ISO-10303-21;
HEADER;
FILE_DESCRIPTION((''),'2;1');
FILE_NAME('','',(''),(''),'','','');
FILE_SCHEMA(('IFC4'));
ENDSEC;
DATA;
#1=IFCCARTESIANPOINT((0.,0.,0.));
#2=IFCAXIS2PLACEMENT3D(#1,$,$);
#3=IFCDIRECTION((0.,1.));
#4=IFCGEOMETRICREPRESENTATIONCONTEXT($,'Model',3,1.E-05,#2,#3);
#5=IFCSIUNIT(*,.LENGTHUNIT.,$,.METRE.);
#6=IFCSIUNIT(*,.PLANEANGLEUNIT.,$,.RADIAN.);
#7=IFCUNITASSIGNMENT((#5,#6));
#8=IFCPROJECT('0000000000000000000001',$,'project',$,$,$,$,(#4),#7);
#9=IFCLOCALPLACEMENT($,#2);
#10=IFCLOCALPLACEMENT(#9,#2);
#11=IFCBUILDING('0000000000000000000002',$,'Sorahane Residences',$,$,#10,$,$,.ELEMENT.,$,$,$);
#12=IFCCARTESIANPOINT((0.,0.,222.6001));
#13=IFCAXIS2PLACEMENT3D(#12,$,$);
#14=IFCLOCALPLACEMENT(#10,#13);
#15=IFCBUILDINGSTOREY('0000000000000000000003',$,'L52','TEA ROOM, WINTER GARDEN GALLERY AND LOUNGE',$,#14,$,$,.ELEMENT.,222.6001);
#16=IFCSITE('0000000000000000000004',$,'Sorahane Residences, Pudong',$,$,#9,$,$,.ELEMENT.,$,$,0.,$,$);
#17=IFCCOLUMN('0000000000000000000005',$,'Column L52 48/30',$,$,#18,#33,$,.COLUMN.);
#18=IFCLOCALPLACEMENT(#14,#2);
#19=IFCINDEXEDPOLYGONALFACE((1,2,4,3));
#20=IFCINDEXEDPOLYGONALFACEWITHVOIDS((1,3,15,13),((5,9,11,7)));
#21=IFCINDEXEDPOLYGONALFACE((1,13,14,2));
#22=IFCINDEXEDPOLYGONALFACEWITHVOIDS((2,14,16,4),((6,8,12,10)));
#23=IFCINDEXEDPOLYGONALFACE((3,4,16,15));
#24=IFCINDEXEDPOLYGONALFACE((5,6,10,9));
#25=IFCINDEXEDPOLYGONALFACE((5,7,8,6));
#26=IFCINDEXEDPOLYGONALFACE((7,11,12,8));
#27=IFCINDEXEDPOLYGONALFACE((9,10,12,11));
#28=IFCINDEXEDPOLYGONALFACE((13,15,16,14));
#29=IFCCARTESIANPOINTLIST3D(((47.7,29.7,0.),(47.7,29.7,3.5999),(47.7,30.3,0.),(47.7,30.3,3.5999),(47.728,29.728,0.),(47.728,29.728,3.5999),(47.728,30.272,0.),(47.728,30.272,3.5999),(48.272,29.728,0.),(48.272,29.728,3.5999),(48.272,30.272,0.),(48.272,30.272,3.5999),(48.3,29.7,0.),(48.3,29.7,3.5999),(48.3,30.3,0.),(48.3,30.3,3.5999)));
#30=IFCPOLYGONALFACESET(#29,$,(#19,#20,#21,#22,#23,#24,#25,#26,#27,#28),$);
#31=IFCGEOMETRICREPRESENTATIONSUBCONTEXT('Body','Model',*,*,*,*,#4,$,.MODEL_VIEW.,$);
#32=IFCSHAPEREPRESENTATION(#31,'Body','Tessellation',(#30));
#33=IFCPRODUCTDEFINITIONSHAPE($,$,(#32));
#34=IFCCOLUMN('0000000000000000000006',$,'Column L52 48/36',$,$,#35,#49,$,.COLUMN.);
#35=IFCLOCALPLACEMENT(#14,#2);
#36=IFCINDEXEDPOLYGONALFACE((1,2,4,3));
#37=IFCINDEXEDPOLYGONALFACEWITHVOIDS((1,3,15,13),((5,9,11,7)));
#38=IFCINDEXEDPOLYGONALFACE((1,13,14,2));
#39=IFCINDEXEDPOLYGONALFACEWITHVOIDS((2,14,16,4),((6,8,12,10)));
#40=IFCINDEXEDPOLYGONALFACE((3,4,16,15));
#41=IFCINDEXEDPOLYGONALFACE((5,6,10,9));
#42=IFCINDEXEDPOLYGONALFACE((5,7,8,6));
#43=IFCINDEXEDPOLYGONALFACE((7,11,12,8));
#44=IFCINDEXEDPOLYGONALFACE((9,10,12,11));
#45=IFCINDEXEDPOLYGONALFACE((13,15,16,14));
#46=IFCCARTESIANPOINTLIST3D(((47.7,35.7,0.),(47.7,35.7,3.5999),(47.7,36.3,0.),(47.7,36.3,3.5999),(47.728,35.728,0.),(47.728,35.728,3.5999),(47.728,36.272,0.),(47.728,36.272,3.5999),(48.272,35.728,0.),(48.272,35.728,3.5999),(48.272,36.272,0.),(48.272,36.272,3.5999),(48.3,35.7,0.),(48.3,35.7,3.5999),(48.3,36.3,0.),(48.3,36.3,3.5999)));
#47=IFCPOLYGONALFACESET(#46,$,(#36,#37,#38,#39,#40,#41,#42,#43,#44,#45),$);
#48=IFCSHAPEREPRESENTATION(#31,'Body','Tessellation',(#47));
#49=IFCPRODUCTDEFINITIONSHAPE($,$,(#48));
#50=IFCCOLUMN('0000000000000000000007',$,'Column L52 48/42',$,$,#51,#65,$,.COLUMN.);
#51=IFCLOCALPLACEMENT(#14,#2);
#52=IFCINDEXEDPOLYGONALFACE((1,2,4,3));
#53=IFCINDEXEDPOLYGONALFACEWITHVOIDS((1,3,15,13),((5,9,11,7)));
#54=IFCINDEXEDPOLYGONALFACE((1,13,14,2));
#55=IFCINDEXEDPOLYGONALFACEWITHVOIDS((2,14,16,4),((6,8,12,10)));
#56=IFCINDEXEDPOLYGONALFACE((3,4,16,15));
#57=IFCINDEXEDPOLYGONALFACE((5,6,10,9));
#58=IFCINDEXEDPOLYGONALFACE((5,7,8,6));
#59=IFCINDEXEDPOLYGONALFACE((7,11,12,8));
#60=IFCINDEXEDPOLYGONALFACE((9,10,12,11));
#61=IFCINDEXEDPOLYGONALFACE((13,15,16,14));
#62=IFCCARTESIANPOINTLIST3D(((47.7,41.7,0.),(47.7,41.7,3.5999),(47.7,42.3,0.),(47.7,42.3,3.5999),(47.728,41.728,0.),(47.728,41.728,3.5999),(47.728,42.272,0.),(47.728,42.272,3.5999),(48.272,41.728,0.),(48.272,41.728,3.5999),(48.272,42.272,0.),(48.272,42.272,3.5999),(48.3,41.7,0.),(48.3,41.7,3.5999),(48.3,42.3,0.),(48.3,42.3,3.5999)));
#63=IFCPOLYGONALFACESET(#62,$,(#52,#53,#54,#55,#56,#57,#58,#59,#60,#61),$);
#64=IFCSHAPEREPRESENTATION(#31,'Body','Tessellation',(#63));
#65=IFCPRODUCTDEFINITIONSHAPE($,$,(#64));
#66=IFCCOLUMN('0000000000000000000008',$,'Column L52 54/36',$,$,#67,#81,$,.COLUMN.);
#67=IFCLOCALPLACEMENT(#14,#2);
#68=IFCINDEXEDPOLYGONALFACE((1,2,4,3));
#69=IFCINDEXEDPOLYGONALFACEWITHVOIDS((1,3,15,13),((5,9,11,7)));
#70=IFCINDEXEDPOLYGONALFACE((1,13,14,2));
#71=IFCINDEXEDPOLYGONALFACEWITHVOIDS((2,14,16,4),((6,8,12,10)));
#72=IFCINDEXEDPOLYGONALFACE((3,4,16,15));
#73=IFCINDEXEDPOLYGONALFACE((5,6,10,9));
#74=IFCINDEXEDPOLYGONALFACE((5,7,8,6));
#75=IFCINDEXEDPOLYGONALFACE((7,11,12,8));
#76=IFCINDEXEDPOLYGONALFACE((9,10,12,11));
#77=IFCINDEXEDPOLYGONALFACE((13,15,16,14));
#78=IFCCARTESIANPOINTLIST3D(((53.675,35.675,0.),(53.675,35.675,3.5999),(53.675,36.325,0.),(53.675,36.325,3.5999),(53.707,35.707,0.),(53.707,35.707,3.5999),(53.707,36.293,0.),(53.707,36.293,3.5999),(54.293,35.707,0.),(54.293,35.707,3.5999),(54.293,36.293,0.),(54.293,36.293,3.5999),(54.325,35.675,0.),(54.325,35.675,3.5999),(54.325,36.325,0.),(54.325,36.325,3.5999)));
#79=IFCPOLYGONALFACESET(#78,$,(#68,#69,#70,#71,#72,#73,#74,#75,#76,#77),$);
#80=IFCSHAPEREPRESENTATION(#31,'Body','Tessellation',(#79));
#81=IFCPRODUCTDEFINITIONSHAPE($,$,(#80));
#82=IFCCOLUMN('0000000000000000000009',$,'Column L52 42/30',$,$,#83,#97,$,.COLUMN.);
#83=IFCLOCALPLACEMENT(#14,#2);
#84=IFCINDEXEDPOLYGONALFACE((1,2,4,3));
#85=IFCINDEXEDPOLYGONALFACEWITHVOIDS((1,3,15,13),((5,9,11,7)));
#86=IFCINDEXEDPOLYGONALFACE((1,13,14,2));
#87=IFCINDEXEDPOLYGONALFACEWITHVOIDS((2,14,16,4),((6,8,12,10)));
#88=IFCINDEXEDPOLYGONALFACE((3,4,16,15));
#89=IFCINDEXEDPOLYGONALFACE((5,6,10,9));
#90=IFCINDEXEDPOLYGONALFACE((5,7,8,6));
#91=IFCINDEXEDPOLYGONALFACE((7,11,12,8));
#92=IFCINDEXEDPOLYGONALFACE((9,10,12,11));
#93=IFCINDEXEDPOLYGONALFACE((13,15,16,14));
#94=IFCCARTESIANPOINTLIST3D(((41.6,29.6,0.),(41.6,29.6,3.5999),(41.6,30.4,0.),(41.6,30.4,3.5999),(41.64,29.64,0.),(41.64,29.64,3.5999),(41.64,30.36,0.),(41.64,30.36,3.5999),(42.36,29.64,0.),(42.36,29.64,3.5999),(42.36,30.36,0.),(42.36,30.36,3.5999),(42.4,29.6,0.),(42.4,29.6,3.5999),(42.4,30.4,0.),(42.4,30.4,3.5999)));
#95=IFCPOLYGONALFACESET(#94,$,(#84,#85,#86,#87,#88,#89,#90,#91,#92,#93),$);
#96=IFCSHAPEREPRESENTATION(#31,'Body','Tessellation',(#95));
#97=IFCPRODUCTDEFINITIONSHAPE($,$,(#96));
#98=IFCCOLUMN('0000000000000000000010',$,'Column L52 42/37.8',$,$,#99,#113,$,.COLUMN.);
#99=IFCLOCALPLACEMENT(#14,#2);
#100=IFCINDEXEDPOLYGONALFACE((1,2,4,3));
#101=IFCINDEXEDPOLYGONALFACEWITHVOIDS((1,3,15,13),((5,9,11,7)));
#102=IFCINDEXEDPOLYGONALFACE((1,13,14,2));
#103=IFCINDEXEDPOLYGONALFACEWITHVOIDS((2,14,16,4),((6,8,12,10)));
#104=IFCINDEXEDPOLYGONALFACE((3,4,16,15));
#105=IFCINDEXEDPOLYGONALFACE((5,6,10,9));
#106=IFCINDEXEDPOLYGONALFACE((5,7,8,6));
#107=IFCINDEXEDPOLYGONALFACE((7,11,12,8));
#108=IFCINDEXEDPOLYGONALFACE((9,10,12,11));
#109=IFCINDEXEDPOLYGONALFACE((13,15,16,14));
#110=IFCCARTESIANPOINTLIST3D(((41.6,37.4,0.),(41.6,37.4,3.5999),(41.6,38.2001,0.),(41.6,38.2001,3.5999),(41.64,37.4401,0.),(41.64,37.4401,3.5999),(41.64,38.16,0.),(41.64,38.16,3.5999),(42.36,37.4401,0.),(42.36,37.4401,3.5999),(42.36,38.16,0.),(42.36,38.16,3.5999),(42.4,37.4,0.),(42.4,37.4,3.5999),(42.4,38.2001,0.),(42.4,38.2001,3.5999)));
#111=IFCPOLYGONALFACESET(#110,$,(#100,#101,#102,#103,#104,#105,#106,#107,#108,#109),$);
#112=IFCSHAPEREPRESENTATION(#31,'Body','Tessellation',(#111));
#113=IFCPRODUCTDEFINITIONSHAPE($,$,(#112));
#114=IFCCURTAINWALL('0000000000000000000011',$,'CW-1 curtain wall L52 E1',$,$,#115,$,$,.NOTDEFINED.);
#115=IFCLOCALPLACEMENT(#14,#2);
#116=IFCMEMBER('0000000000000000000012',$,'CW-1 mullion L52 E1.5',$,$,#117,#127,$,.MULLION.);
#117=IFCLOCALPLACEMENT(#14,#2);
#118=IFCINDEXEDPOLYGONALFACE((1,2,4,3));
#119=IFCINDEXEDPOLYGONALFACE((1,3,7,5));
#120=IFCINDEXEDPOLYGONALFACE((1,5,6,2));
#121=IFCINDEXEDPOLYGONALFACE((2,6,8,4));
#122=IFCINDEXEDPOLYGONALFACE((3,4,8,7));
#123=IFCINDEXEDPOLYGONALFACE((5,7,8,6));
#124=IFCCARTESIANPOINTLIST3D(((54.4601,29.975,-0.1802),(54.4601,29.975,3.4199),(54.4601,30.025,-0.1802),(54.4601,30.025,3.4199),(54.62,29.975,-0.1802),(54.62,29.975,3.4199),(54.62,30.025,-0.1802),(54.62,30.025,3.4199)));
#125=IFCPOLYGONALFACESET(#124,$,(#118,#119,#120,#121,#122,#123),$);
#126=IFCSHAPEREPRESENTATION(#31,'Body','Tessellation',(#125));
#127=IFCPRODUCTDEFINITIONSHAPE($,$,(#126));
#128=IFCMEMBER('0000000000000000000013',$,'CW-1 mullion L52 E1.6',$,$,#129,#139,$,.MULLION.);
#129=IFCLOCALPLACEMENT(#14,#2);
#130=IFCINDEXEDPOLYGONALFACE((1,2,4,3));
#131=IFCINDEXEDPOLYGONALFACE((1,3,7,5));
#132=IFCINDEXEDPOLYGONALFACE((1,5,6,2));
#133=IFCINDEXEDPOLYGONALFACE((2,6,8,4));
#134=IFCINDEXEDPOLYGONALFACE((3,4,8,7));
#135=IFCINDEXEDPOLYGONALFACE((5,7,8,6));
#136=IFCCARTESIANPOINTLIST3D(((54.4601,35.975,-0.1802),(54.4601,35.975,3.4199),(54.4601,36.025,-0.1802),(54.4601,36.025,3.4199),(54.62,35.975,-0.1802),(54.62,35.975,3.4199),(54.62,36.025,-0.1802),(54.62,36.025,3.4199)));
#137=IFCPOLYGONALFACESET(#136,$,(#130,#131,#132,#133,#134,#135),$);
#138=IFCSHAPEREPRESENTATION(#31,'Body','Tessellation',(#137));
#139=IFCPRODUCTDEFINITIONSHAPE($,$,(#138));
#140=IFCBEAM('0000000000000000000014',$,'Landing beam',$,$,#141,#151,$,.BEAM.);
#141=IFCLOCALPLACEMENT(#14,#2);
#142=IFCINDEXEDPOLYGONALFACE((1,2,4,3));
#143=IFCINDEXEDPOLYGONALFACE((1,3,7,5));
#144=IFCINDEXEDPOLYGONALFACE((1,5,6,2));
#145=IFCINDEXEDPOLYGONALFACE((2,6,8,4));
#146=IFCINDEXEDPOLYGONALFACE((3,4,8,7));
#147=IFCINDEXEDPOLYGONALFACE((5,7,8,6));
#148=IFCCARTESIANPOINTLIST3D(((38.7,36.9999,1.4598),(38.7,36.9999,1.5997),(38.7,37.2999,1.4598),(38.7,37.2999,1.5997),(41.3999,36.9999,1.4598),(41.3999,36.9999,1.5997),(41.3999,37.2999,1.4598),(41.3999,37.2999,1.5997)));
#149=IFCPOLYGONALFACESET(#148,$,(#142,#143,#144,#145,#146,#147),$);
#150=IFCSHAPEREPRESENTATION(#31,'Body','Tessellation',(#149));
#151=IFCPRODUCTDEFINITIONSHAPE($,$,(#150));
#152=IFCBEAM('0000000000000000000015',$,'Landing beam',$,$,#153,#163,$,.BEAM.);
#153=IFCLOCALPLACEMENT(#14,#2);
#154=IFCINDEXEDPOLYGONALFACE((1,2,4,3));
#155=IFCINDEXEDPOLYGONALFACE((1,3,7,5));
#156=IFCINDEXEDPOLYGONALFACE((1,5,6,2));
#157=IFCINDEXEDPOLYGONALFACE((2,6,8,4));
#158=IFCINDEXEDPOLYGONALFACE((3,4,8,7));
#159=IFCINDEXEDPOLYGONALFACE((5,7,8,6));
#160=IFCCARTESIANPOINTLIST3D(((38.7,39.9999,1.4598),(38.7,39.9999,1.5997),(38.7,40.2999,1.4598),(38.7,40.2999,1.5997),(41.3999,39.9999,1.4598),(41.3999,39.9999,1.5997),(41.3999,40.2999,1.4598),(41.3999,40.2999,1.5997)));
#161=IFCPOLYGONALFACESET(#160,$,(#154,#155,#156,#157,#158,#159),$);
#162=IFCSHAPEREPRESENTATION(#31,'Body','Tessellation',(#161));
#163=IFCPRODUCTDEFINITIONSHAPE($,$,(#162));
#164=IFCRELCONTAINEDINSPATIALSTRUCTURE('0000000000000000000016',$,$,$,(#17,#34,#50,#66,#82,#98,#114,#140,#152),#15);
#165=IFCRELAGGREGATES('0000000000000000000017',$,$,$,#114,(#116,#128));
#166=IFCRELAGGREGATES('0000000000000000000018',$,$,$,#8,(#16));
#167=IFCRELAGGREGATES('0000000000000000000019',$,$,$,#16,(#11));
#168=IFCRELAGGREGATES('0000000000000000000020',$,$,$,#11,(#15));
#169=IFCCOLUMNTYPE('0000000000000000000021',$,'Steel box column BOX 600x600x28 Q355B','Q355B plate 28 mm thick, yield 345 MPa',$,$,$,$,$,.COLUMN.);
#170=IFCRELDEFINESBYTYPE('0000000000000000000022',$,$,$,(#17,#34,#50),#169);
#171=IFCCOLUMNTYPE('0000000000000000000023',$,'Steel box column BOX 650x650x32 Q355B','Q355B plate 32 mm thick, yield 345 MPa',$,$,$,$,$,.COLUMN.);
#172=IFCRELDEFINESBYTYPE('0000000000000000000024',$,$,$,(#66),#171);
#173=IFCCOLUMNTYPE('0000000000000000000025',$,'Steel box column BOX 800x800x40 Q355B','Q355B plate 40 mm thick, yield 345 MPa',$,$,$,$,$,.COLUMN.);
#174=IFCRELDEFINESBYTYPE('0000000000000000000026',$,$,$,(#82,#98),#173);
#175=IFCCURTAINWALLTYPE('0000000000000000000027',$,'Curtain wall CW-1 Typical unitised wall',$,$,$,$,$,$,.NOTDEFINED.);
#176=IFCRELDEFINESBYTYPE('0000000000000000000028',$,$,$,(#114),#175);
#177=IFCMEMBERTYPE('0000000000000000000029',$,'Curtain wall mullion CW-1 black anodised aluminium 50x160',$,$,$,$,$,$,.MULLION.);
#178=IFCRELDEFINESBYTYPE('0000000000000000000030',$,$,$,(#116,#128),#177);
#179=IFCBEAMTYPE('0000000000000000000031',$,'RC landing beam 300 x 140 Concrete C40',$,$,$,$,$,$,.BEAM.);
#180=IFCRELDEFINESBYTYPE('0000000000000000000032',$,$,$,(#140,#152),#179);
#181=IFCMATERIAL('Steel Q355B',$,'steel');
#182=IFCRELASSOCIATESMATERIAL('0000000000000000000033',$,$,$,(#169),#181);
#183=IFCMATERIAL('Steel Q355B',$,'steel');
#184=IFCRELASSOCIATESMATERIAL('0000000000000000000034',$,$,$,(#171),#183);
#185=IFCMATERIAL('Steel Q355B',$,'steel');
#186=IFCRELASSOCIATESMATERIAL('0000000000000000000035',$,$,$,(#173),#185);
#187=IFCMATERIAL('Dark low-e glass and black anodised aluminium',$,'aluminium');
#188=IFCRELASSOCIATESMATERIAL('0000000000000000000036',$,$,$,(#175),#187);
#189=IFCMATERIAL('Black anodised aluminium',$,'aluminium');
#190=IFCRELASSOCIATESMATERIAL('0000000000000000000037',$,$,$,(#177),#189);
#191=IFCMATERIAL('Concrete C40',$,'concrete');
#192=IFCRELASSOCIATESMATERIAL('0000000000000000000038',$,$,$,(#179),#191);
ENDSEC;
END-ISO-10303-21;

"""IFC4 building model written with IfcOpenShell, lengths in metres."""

from ifc_helpers import new_model, si_unit, direction, frame, origin, origin_2d, place, context, subcontext, project, spatial, rectangle, hollow_rectangle, extrude, material, material_profile, profile_set, type_object, element, aggregate, save


model = new_model("IFC4")

# Units and contexts
model_context = context("Model", 3, precision=1e-05, world=origin(), true_north=direction((0.0, 1.0)))
body_context = subcontext(model_context, "Body", "Model", "MODEL_VIEW")
ifc_project = project(units=[si_unit("LENGTHUNIT", "METRE"), si_unit("PLANEANGLEUNIT", "RADIAN")], contexts=[model_context])

# Site, building, storey
site_placement = place(None, origin())
site = spatial("IfcSite", under=ifc_project, at=site_placement, Name="Sorahane Residences, Pudong", CompositionType="ELEMENT", RefElevation=0.0)
building_placement = place(site_placement, origin())
building = spatial("IfcBuilding", under=site, at=building_placement, Name="Sorahane Residences", CompositionType="ELEMENT")
storey_placement = place(building_placement, frame((0.0, 0.0, 222.6001)))
storey = spatial("IfcBuildingStorey", under=building, at=storey_placement, Name="L52", Description="TEA ROOM, WINTER GARDEN GALLERY AND LOUNGE", CompositionType="ELEMENT", Elevation=222.6001)

# Columns
ifc_material_1 = material(Name="Steel Q355B", Category="steel")
ifc_material_profile_1 = material_profile(ifc_material_1, hollow_rectangle(XDim=0.6001, YDim=0.6001, WallThickness=0.0281, at=origin_2d()), Name="BOX 600x600x28")
ifc_profile_set_1 = profile_set([ifc_material_profile_1], Name="Steel Q355B")
column_type_1 = type_object("IfcColumnType", Name="Steel box column BOX 600x600x28 Q355B", Description="Q355B plate 28 mm thick, yield 345 MPa", PredefinedType="COLUMN", material=ifc_profile_set_1)
for number, where, z_axis, x_axis, name in (
    (1, (48.0, 30.0, 0.0), (0.0, 0.0, 1.0), (1.0, 0.0, 0.0), "Column L52 48/30"),
    (2, (48.0, 36.0, 0.0), (0.0, 0.0, 1.0), (1.0, 0.0, 0.0), "Column L52 48/36"),
    (3, (48.0, 42.0, 0.0), (0.0, 0.0, 1.0), (1.0, 0.0, 0.0), "Column L52 48/42"),
):
    element("IfcColumn", number, at=place(storey_placement, frame(where, z_axis=z_axis, x_axis=x_axis)), inside=storey, type_object=column_type_1, Name=name, PredefinedType="COLUMN", context=body_context, shape_type="SweptSolid", body=[
        extrude(hollow_rectangle(XDim=0.6001, YDim=0.6001, WallThickness=0.0281, at=origin_2d()), origin(), (0.0, 0.0, 1.0), 3.5999),
    ])
ifc_material_2 = material(Name="Steel Q355B", Category="steel")
ifc_material_profile_2 = material_profile(ifc_material_2, hollow_rectangle(XDim=0.6499, YDim=0.6499, WallThickness=0.032, at=origin_2d()), Name="BOX 650x650x32")
ifc_profile_set_2 = profile_set([ifc_material_profile_2], Name="Steel Q355B")
column_type_2 = type_object("IfcColumnType", Name="Steel box column BOX 650x650x32 Q355B", Description="Q355B plate 32 mm thick, yield 345 MPa", PredefinedType="COLUMN", material=ifc_profile_set_2)
column_placement = place(storey_placement, frame((54.0, 36.0, 0.0), z_axis=(0.0, 0.0, 1.0), x_axis=(1.0, 0.0, 0.0)))
element("IfcColumn", 4, at=column_placement, inside=storey, type_object=column_type_2, Name="Column L52 54/36", PredefinedType="COLUMN", context=body_context, shape_type="SweptSolid", body=[
    extrude(hollow_rectangle(XDim=0.6499, YDim=0.6499, WallThickness=0.032, at=origin_2d()), origin(), (0.0, 0.0, 1.0), 3.5999),
])
ifc_material_3 = material(Name="Steel Q355B", Category="steel")
ifc_material_profile_3 = material_profile(ifc_material_3, hollow_rectangle(XDim=0.8, YDim=0.8, WallThickness=0.04, at=origin_2d()), Name="BOX 800x800x40")
ifc_profile_set_3 = profile_set([ifc_material_profile_3], Name="Steel Q355B")
column_type_3 = type_object("IfcColumnType", Name="Steel box column BOX 800x800x40 Q355B", Description="Q355B plate 40 mm thick, yield 345 MPa", PredefinedType="COLUMN", material=ifc_profile_set_3)
for number, where, z_axis, x_axis, name in (
    (5, (42.0, 30.0, 0.0), (0.0, 0.0, 1.0), (1.0, 0.0, 0.0), "Column L52 42/30"),
    (6, (42.0, 37.8, 0.0), (0.0, 0.0, 1.0), (1.0, 0.0, 0.0), "Column L52 42/37.8"),
):
    element("IfcColumn", number, at=place(storey_placement, frame(where, z_axis=z_axis, x_axis=x_axis)), inside=storey, type_object=column_type_3, Name=name, PredefinedType="COLUMN", context=body_context, shape_type="SweptSolid", body=[
        extrude(hollow_rectangle(XDim=0.8, YDim=0.8, WallThickness=0.04, at=origin_2d()), origin(), (0.0, 0.0, 1.0), 3.5999),
    ])

# Curtain wall, members
ifc_material_4 = material(Name="Dark low-e glass and black anodised aluminium", Category="aluminium")
curtain_wall_type = type_object("IfcCurtainWallType", Name="Curtain wall CW-1 Typical unitised wall", PredefinedType="NOTDEFINED", material=ifc_material_4)
curtain_wall_placement = place(storey_placement, origin())
curtain_wall = element("IfcCurtainWall", 7, at=curtain_wall_placement, inside=storey, type_object=curtain_wall_type, Name="CW-1 curtain wall L52 E1", PredefinedType="NOTDEFINED")
ifc_material_5 = material(Name="Black anodised aluminium", Category="aluminium")
ifc_material_profile_4 = material_profile(ifc_material_5, rectangle(XDim=0.1599, YDim=0.05, at=origin_2d()), Name="Curtain wall mullion CW-1 black anodised aluminium 50x160")
ifc_profile_set_4 = profile_set([ifc_material_profile_4], Name="Black anodised aluminium")
member_type = type_object("IfcMemberType", Name="Curtain wall mullion CW-1 black anodised aluminium 50x160", PredefinedType="MULLION", material=ifc_profile_set_4)
member_1_placement = place(storey_placement, frame((54.54, 30.0, -0.1802), z_axis=(0.0, 0.0, 1.0), x_axis=(1.0, 0.0, 0.0)))
member_1 = element("IfcMember", 8, at=member_1_placement, type_object=member_type, Name="CW-1 mullion L52 E1.5", PredefinedType="MULLION", context=body_context, shape_type="SweptSolid", body=[
    extrude(rectangle(XDim=0.1599, YDim=0.05, at=origin_2d()), origin(), (0.0, 0.0, 1.0), 3.6001),
])
member_2_placement = place(storey_placement, frame((54.54, 36.0, -0.1802), z_axis=(0.0, 0.0, 1.0), x_axis=(1.0, 0.0, 0.0)))
member_2 = element("IfcMember", 9, at=member_2_placement, type_object=member_type, Name="CW-1 mullion L52 E1.6", PredefinedType="MULLION", context=body_context, shape_type="SweptSolid", body=[
    extrude(rectangle(XDim=0.1599, YDim=0.05, at=origin_2d()), origin(), (0.0, 0.0, 1.0), 3.6001),
])

# Beams
ifc_material_6 = material(Name="Concrete C40", Category="concrete")
ifc_material_profile_5 = material_profile(ifc_material_6, rectangle(XDim=0.3, YDim=0.1399, at=origin_2d()), Name="300x140")
ifc_profile_set_5 = profile_set([ifc_material_profile_5], Name="Concrete C40")
beam_type_1 = type_object("IfcBeamType", Name="RC landing beam 300 x 140 Concrete C40", PredefinedType="BEAM", material=ifc_profile_set_5)
for number, where, z_axis, x_axis, name in (
    (10, (38.7, 37.1499, 1.5298), (1.0, 0.0, 0.0), (0.0, 1.0, 0.0), "Landing beam"),
    (11, (38.7, 40.1499, 1.5298), (1.0, 0.0, 0.0), (0.0, 1.0, 0.0), "Landing beam"),
):
    element("IfcBeam", number, at=place(storey_placement, frame(where, z_axis=z_axis, x_axis=x_axis)), inside=storey, type_object=beam_type_1, Name=name, PredefinedType="BEAM", context=body_context, shape_type="SweptSolid", body=[
        extrude(rectangle(XDim=0.3, YDim=0.1399, at=origin_2d()), origin(), (0.0, 0.0, 1.0), 2.7),
    ])

aggregate(curtain_wall, [member_1, member_2])

save(model, "model.ifc")
